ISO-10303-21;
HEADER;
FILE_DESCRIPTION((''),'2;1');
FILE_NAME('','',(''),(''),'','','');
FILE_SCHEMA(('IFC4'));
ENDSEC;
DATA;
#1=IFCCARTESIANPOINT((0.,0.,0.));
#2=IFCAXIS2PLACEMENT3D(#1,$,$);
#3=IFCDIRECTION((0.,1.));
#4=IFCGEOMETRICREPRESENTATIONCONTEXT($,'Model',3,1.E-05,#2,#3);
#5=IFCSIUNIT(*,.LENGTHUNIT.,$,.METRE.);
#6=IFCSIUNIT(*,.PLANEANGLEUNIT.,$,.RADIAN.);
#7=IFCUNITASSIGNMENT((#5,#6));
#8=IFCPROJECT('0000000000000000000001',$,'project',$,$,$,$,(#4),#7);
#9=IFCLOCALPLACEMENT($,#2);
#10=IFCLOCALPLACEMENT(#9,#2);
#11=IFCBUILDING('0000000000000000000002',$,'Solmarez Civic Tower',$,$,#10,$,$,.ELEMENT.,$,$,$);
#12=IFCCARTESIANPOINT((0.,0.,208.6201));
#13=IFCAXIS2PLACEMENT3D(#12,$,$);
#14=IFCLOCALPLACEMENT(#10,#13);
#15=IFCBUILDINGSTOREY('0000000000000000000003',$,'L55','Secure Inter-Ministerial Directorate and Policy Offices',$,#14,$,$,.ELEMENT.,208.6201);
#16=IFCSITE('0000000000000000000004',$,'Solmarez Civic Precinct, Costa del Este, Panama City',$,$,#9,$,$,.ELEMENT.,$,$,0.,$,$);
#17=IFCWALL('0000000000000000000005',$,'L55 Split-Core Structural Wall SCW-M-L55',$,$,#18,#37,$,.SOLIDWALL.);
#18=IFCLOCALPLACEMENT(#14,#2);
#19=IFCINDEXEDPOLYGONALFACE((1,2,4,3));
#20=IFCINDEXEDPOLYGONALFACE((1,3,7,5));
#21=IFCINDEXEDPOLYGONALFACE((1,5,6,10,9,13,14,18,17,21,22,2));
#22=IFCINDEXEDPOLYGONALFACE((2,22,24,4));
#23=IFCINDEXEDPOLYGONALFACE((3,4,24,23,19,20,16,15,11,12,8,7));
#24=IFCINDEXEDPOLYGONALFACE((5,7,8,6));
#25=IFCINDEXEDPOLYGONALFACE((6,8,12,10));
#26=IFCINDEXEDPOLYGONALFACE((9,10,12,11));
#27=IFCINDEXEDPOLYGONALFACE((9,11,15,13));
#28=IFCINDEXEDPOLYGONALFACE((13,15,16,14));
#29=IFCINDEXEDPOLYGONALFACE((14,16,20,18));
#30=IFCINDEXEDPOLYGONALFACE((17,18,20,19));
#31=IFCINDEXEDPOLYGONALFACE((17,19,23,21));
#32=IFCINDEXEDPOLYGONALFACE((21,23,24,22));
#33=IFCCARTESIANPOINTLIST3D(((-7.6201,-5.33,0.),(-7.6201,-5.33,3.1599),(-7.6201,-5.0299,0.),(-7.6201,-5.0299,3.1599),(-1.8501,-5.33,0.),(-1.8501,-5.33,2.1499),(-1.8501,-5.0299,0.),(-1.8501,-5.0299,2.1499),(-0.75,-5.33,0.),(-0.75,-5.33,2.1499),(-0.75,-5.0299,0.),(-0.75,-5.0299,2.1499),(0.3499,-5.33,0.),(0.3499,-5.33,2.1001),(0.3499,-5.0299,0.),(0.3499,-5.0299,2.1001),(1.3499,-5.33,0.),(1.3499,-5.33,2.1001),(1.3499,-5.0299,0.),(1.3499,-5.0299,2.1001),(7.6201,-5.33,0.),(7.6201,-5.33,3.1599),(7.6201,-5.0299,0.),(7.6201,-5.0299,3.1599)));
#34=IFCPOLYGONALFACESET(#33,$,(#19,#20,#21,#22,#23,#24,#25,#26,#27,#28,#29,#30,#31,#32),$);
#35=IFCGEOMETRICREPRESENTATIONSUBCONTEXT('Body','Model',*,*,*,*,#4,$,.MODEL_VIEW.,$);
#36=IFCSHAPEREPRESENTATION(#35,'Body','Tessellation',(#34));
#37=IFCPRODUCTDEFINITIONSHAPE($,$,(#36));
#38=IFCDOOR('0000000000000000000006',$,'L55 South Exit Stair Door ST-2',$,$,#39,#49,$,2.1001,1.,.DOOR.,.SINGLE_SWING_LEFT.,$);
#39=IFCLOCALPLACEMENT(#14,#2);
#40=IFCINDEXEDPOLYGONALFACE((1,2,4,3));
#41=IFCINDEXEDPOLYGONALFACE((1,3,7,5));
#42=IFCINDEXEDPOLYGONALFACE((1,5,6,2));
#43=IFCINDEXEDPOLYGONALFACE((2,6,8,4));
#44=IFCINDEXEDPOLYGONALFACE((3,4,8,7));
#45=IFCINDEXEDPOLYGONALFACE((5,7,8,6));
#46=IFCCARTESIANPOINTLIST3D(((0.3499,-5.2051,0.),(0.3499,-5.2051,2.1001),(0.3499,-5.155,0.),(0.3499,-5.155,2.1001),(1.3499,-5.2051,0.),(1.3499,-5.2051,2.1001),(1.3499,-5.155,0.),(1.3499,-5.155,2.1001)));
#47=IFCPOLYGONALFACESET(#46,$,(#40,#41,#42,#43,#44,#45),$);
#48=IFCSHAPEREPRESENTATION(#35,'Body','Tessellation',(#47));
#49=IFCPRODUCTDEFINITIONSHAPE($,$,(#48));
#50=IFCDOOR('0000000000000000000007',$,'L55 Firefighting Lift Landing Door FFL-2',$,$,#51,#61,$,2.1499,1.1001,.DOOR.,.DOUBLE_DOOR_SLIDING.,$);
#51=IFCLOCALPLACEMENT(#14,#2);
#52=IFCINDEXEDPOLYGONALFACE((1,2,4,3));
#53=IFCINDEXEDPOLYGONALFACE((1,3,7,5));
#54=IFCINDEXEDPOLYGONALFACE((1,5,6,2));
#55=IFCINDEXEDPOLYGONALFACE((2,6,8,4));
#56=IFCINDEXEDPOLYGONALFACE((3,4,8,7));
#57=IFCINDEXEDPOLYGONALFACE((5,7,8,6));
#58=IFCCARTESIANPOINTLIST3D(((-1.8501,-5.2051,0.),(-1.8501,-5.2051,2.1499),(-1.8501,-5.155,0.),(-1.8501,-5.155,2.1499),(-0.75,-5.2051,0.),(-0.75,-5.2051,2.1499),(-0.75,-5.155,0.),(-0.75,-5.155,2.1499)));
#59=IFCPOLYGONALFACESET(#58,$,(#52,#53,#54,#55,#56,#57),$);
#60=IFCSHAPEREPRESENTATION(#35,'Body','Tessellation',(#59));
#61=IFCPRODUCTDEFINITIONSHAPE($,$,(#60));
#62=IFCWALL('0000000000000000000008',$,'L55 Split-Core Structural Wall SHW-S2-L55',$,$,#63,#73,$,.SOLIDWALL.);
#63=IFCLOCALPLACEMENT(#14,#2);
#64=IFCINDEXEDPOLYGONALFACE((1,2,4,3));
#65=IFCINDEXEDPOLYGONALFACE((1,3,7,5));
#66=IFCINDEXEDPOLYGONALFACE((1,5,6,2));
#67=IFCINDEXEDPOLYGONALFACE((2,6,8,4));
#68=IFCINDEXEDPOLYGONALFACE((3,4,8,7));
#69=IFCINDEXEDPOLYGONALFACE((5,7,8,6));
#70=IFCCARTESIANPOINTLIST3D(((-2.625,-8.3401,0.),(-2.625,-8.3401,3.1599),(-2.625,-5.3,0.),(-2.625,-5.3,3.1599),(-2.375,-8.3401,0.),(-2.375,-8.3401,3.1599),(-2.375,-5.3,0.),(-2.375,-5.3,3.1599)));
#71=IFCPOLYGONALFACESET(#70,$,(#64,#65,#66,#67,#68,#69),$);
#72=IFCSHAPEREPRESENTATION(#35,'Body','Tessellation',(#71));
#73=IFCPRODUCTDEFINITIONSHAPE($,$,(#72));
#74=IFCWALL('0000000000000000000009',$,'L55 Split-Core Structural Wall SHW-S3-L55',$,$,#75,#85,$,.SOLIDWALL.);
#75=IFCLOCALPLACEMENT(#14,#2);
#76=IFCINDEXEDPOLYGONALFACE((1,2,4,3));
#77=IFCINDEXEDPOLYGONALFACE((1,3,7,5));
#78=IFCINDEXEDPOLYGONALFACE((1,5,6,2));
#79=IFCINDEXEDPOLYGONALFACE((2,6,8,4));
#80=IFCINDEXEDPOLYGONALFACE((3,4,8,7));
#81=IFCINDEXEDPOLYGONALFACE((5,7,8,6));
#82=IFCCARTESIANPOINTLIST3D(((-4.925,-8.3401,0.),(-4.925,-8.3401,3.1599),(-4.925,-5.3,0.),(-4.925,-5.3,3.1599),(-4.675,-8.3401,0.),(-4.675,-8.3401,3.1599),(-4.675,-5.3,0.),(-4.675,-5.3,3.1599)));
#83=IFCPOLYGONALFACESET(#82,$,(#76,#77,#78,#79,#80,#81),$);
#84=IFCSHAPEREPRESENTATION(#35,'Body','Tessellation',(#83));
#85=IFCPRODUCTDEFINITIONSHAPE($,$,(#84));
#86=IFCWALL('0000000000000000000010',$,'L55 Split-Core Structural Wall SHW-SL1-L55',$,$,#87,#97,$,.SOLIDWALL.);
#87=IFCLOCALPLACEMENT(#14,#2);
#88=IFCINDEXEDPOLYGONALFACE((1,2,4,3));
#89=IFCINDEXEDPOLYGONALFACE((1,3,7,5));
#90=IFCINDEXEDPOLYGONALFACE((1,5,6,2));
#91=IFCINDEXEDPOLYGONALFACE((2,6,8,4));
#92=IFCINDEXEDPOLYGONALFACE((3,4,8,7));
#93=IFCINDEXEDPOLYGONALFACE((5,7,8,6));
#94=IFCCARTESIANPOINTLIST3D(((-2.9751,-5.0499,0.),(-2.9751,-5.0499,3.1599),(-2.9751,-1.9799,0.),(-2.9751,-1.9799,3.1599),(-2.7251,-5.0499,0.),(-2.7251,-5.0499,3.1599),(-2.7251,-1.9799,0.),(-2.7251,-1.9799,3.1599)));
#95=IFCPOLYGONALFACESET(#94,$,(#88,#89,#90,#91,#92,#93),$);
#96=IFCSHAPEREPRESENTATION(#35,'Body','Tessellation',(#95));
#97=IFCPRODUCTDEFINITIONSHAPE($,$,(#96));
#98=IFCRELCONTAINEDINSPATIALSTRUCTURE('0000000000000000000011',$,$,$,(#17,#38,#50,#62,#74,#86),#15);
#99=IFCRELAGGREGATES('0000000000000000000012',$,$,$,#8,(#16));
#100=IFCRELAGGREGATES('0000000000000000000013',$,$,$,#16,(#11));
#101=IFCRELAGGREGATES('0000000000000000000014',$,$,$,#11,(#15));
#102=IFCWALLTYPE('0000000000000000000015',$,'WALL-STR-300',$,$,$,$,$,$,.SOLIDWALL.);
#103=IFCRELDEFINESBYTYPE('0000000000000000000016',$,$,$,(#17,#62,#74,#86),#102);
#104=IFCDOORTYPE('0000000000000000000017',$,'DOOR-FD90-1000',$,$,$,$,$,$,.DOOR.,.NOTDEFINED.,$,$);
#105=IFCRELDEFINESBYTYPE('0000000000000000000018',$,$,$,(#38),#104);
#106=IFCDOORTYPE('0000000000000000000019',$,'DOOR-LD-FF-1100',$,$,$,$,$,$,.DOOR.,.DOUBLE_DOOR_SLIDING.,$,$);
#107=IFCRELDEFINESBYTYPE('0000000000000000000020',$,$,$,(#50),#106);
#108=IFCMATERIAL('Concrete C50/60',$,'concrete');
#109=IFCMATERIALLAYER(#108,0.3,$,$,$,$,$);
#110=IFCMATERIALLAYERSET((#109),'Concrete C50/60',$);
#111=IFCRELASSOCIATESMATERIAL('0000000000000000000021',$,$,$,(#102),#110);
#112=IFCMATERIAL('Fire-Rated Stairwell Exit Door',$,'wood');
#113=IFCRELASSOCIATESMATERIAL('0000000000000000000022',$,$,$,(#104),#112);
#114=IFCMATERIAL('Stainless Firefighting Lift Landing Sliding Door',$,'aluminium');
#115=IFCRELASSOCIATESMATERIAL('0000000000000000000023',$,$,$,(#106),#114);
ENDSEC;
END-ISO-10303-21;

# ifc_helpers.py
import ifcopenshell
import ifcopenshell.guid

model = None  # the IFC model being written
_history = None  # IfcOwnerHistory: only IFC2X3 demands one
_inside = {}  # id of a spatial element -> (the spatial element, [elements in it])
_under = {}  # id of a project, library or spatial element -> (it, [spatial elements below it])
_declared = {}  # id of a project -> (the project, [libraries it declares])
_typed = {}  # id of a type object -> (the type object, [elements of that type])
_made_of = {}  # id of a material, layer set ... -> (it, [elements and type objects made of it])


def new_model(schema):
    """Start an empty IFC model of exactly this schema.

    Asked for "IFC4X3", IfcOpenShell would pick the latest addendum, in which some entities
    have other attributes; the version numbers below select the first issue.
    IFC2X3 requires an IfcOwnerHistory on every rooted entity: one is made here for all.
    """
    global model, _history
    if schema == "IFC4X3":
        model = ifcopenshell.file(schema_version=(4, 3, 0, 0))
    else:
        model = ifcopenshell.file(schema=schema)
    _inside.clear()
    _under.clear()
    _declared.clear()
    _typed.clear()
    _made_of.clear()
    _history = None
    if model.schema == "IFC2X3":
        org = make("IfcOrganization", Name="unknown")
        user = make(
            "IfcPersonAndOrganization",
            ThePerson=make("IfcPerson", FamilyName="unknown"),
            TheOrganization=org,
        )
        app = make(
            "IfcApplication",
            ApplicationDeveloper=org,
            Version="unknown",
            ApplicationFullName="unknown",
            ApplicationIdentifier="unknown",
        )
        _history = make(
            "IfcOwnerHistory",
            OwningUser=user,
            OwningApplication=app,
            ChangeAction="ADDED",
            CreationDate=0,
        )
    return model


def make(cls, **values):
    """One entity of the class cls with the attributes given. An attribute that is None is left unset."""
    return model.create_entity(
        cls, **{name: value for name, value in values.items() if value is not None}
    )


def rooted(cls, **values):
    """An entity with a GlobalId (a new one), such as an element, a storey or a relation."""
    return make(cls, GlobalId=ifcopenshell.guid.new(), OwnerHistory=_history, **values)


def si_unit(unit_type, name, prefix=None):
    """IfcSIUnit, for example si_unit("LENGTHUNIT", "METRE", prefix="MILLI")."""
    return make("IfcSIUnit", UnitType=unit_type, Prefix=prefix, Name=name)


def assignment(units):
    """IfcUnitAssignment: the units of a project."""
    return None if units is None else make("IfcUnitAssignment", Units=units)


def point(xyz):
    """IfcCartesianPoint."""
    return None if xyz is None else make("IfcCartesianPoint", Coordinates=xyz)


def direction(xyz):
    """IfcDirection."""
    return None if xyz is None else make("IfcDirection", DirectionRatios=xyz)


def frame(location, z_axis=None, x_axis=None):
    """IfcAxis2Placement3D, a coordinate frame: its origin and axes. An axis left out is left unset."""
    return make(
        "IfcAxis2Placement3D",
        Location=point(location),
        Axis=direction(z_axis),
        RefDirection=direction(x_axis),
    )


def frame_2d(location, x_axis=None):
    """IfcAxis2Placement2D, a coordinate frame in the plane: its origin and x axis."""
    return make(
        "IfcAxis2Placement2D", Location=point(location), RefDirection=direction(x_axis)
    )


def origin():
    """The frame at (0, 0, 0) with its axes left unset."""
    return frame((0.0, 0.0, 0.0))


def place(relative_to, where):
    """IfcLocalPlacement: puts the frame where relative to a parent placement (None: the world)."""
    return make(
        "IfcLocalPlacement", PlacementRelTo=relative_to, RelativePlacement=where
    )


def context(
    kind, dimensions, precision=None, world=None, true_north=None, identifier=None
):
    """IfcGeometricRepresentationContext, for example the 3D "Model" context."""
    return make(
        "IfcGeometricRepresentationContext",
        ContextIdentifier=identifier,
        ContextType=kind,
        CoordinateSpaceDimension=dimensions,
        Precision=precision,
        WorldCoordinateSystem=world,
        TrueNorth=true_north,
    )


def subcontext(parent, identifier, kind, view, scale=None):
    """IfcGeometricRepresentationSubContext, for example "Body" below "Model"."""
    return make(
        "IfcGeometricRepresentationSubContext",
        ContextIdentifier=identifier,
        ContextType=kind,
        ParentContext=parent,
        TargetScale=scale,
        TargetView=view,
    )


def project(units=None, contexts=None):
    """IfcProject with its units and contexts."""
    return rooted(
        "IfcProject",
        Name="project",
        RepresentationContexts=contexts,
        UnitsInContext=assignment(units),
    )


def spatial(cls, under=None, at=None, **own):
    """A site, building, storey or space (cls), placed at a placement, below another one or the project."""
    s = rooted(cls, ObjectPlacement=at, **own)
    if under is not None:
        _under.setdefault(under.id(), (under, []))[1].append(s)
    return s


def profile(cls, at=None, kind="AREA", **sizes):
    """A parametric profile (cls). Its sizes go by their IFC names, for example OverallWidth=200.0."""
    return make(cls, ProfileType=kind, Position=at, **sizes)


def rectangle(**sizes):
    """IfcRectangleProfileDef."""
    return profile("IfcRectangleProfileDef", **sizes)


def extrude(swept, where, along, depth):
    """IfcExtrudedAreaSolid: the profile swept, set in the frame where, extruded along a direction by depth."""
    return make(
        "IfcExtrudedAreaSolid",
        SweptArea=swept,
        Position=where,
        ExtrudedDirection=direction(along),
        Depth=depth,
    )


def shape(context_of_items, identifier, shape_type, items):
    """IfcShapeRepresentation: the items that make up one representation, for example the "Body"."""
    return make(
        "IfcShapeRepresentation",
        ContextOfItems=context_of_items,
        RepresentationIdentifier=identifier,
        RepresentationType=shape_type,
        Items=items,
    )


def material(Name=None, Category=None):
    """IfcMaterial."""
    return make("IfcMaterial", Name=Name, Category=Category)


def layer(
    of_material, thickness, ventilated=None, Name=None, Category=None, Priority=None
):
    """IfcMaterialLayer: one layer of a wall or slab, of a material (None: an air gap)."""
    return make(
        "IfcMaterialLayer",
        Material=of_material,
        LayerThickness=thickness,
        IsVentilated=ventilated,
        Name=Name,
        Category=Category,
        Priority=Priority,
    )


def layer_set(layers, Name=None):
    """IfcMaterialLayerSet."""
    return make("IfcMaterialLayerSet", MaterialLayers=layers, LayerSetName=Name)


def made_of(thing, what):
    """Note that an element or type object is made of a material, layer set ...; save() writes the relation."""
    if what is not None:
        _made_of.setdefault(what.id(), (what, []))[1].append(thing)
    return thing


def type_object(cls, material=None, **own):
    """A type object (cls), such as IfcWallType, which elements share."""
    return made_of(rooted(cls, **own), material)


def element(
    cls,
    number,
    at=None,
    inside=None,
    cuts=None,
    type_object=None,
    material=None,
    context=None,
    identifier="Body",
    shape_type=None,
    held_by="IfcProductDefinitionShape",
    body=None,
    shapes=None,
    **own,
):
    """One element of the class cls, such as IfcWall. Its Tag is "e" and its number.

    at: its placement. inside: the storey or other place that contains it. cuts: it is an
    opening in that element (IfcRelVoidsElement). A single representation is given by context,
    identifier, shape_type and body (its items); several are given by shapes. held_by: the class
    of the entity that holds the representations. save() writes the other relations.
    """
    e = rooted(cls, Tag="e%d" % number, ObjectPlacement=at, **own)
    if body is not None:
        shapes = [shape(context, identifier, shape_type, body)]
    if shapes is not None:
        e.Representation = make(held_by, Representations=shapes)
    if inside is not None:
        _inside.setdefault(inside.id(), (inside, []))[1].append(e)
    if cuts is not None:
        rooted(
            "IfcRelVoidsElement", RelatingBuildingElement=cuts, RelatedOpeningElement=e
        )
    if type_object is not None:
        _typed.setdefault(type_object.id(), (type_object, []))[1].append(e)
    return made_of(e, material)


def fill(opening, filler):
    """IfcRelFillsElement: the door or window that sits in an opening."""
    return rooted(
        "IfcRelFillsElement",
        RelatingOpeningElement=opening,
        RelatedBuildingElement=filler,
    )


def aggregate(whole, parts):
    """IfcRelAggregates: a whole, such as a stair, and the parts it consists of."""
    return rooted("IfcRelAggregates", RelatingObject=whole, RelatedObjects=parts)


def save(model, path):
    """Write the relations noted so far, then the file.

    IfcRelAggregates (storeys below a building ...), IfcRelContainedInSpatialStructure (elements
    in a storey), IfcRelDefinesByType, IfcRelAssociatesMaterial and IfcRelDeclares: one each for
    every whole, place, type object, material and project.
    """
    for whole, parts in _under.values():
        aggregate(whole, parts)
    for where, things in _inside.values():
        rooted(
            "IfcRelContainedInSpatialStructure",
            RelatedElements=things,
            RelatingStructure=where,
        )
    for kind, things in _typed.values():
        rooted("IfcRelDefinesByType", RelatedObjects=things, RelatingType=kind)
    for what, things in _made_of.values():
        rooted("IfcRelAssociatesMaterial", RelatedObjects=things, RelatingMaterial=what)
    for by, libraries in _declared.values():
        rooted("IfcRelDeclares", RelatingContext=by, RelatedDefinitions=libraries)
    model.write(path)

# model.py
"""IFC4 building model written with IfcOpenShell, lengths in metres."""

from ifc_helpers import new_model, si_unit, direction, frame, frame_2d, origin, place, context, subcontext, project, spatial, rectangle, extrude, material, layer, layer_set, type_object, element, fill, save


model = new_model("IFC4")

# Units and contexts
model_context = context("Model", 3, precision=1e-05, world=origin(), true_north=direction((0.0, 1.0)))
body_context = subcontext(model_context, "Body", "Model", "MODEL_VIEW")
ifc_project = project(units=[si_unit("LENGTHUNIT", "METRE"), si_unit("PLANEANGLEUNIT", "RADIAN")], contexts=[model_context])

# Site, building, storey
site_placement = place(None, origin())
site = spatial("IfcSite", under=ifc_project, at=site_placement, Name="Solmarez Civic Precinct, Costa del Este, Panama City", CompositionType="ELEMENT", RefElevation=0.0)
building_placement = place(site_placement, origin())
building = spatial("IfcBuilding", under=site, at=building_placement, Name="Solmarez Civic Tower", CompositionType="ELEMENT")
storey_placement = place(building_placement, frame((0.0, 0.0, 208.6201)))
storey = spatial("IfcBuildingStorey", under=building, at=storey_placement, Name="L55", Description="Secure Inter-Ministerial Directorate and Policy Offices", CompositionType="ELEMENT", Elevation=208.6201)

# Shared definitions
ifc_material_1 = material(Name="Concrete C50/60", Category="concrete")

# Wall, openings, doors
ifc_layer_1 = layer(ifc_material_1, 0.3)
ifc_layer_set_1 = layer_set([ifc_layer_1], Name="Concrete C50/60")
wall_type_1 = type_object("IfcWallType", Name="WALL-STR-300", PredefinedType="SOLIDWALL", material=ifc_layer_set_1)
wall_1_placement = place(storey_placement, frame((-7.6201, -5.1799, 0.0), z_axis=(0.0, 0.0, 1.0), x_axis=(1.0, 0.0, 0.0)))
wall_1 = element("IfcWall", 1, at=wall_1_placement, inside=storey, type_object=wall_type_1, Name="L55 Split-Core Structural Wall SCW-M-L55", PredefinedType="SOLIDWALL", context=body_context, shape_type="SweptSolid", body=[
    extrude(rectangle(XDim=15.2402, YDim=0.3, at=frame_2d((7.6201, 0.0))), origin(), (0.0, 0.0, 1.0), 3.1599),
])
opening_1_placement = place(wall_1_placement, frame((5.77, 0.0, 0.0)))
opening_1 = element("IfcOpeningElement", 2, at=opening_1_placement, cuts=wall_1, PredefinedType="OPENING", context=body_context, shape_type="SweptSolid", body=[
    extrude(rectangle(XDim=1.1001, YDim=2.1499, at=frame_2d((0.55, 1.075))), frame((0.0, 0.1599, 0.0), z_axis=(0.0, -1.0, 0.0), x_axis=(1.0, 0.0, 0.0)), (0.0, 0.0, 1.0), 0.3201),
])
opening_2_placement = place(wall_1_placement, frame((7.97, 0.0, 0.0)))
opening_2 = element("IfcOpeningElement", 3, at=opening_2_placement, cuts=wall_1, PredefinedType="OPENING", context=body_context, shape_type="SweptSolid", body=[
    extrude(rectangle(XDim=1.0, YDim=2.1001, at=frame_2d((0.5, 1.05))), frame((0.0, 0.1599, 0.0), z_axis=(0.0, -1.0, 0.0), x_axis=(1.0, 0.0, 0.0)), (0.0, 0.0, 1.0), 0.3201),
])
ifc_material_2 = material(Name="Fire-Rated Stairwell Exit Door", Category="wood")
door_type_1 = type_object("IfcDoorType", Name="DOOR-FD90-1000", OperationType="NOTDEFINED", PredefinedType="DOOR", material=ifc_material_2)
door_1_placement = place(opening_2_placement, origin())
door_1 = element("IfcDoor", 4, at=door_1_placement, inside=storey, type_object=door_type_1, Name="L55 South Exit Stair Door ST-2", OperationType="SINGLE_SWING_LEFT", OverallHeight=2.1001, OverallWidth=1.0, PredefinedType="DOOR", context=body_context, shape_type="SweptSolid", body=[
    extrude(rectangle(XDim=1.0, YDim=2.1001, at=frame_2d((0.5, 1.05))), frame((0.0, 0.0249, 0.0), z_axis=(0.0, -1.0, 0.0), x_axis=(1.0, 0.0, 0.0)), (0.0, 0.0, 1.0), 0.05),
])
fill(opening_2, door_1)
ifc_material_3 = material(Name="Stainless Firefighting Lift Landing Sliding Door", Category="aluminium")
door_type_2 = type_object("IfcDoorType", Name="DOOR-LD-FF-1100", OperationType="DOUBLE_DOOR_SLIDING", PredefinedType="DOOR", material=ifc_material_3)
door_2_placement = place(opening_1_placement, origin())
door_2 = element("IfcDoor", 5, at=door_2_placement, inside=storey, type_object=door_type_2, Name="L55 Firefighting Lift Landing Door FFL-2", OperationType="DOUBLE_DOOR_SLIDING", OverallHeight=2.1499, OverallWidth=1.1001, PredefinedType="DOOR", context=body_context, shape_type="SweptSolid", body=[
    extrude(rectangle(XDim=1.1001, YDim=2.1499, at=frame_2d((0.55, 1.075))), frame((0.0, 0.0249, 0.0), z_axis=(0.0, -1.0, 0.0), x_axis=(1.0, 0.0, 0.0)), (0.0, 0.0, 1.0), 0.05),
])
fill(opening_1, door_2)

# Walls
for number, where, z_axis, x_axis, name in (
    (6, (-2.5, -8.3401, 0.0), (0.0, 0.0, 1.0), (0.0, 1.0, 0.0), "L55 Split-Core Structural Wall SHW-S2-L55"),
    (7, (-4.8, -8.3401, 0.0), (0.0, 0.0, 1.0), (0.0, 1.0, 0.0), "L55 Split-Core Structural Wall SHW-S3-L55"),
):
    element("IfcWall", number, at=place(storey_placement, frame(where, z_axis=z_axis, x_axis=x_axis)), inside=storey, type_object=wall_type_1, Name=name, PredefinedType="SOLIDWALL", context=body_context, shape_type="SweptSolid", body=[
        extrude(rectangle(XDim=3.04, YDim=0.25, at=frame_2d((1.52, 0.0))), origin(), (0.0, 0.0, 1.0), 3.1599),
    ])
wall_2_placement = place(storey_placement, frame((-2.8501, -5.05, 0.0), z_axis=(0.0, 0.0, 1.0), x_axis=(0.0, 1.0, 0.0)))
element("IfcWall", 8, at=wall_2_placement, inside=storey, type_object=wall_type_1, Name="L55 Split-Core Structural Wall SHW-SL1-L55", PredefinedType="SOLIDWALL", context=body_context, shape_type="SweptSolid", body=[
    extrude(rectangle(XDim=3.0701, YDim=0.25, at=frame_2d((1.5352, 0.0))), origin(), (0.0, 0.0, 1.0), 3.1599),
])

save(model, "model.ifc")
